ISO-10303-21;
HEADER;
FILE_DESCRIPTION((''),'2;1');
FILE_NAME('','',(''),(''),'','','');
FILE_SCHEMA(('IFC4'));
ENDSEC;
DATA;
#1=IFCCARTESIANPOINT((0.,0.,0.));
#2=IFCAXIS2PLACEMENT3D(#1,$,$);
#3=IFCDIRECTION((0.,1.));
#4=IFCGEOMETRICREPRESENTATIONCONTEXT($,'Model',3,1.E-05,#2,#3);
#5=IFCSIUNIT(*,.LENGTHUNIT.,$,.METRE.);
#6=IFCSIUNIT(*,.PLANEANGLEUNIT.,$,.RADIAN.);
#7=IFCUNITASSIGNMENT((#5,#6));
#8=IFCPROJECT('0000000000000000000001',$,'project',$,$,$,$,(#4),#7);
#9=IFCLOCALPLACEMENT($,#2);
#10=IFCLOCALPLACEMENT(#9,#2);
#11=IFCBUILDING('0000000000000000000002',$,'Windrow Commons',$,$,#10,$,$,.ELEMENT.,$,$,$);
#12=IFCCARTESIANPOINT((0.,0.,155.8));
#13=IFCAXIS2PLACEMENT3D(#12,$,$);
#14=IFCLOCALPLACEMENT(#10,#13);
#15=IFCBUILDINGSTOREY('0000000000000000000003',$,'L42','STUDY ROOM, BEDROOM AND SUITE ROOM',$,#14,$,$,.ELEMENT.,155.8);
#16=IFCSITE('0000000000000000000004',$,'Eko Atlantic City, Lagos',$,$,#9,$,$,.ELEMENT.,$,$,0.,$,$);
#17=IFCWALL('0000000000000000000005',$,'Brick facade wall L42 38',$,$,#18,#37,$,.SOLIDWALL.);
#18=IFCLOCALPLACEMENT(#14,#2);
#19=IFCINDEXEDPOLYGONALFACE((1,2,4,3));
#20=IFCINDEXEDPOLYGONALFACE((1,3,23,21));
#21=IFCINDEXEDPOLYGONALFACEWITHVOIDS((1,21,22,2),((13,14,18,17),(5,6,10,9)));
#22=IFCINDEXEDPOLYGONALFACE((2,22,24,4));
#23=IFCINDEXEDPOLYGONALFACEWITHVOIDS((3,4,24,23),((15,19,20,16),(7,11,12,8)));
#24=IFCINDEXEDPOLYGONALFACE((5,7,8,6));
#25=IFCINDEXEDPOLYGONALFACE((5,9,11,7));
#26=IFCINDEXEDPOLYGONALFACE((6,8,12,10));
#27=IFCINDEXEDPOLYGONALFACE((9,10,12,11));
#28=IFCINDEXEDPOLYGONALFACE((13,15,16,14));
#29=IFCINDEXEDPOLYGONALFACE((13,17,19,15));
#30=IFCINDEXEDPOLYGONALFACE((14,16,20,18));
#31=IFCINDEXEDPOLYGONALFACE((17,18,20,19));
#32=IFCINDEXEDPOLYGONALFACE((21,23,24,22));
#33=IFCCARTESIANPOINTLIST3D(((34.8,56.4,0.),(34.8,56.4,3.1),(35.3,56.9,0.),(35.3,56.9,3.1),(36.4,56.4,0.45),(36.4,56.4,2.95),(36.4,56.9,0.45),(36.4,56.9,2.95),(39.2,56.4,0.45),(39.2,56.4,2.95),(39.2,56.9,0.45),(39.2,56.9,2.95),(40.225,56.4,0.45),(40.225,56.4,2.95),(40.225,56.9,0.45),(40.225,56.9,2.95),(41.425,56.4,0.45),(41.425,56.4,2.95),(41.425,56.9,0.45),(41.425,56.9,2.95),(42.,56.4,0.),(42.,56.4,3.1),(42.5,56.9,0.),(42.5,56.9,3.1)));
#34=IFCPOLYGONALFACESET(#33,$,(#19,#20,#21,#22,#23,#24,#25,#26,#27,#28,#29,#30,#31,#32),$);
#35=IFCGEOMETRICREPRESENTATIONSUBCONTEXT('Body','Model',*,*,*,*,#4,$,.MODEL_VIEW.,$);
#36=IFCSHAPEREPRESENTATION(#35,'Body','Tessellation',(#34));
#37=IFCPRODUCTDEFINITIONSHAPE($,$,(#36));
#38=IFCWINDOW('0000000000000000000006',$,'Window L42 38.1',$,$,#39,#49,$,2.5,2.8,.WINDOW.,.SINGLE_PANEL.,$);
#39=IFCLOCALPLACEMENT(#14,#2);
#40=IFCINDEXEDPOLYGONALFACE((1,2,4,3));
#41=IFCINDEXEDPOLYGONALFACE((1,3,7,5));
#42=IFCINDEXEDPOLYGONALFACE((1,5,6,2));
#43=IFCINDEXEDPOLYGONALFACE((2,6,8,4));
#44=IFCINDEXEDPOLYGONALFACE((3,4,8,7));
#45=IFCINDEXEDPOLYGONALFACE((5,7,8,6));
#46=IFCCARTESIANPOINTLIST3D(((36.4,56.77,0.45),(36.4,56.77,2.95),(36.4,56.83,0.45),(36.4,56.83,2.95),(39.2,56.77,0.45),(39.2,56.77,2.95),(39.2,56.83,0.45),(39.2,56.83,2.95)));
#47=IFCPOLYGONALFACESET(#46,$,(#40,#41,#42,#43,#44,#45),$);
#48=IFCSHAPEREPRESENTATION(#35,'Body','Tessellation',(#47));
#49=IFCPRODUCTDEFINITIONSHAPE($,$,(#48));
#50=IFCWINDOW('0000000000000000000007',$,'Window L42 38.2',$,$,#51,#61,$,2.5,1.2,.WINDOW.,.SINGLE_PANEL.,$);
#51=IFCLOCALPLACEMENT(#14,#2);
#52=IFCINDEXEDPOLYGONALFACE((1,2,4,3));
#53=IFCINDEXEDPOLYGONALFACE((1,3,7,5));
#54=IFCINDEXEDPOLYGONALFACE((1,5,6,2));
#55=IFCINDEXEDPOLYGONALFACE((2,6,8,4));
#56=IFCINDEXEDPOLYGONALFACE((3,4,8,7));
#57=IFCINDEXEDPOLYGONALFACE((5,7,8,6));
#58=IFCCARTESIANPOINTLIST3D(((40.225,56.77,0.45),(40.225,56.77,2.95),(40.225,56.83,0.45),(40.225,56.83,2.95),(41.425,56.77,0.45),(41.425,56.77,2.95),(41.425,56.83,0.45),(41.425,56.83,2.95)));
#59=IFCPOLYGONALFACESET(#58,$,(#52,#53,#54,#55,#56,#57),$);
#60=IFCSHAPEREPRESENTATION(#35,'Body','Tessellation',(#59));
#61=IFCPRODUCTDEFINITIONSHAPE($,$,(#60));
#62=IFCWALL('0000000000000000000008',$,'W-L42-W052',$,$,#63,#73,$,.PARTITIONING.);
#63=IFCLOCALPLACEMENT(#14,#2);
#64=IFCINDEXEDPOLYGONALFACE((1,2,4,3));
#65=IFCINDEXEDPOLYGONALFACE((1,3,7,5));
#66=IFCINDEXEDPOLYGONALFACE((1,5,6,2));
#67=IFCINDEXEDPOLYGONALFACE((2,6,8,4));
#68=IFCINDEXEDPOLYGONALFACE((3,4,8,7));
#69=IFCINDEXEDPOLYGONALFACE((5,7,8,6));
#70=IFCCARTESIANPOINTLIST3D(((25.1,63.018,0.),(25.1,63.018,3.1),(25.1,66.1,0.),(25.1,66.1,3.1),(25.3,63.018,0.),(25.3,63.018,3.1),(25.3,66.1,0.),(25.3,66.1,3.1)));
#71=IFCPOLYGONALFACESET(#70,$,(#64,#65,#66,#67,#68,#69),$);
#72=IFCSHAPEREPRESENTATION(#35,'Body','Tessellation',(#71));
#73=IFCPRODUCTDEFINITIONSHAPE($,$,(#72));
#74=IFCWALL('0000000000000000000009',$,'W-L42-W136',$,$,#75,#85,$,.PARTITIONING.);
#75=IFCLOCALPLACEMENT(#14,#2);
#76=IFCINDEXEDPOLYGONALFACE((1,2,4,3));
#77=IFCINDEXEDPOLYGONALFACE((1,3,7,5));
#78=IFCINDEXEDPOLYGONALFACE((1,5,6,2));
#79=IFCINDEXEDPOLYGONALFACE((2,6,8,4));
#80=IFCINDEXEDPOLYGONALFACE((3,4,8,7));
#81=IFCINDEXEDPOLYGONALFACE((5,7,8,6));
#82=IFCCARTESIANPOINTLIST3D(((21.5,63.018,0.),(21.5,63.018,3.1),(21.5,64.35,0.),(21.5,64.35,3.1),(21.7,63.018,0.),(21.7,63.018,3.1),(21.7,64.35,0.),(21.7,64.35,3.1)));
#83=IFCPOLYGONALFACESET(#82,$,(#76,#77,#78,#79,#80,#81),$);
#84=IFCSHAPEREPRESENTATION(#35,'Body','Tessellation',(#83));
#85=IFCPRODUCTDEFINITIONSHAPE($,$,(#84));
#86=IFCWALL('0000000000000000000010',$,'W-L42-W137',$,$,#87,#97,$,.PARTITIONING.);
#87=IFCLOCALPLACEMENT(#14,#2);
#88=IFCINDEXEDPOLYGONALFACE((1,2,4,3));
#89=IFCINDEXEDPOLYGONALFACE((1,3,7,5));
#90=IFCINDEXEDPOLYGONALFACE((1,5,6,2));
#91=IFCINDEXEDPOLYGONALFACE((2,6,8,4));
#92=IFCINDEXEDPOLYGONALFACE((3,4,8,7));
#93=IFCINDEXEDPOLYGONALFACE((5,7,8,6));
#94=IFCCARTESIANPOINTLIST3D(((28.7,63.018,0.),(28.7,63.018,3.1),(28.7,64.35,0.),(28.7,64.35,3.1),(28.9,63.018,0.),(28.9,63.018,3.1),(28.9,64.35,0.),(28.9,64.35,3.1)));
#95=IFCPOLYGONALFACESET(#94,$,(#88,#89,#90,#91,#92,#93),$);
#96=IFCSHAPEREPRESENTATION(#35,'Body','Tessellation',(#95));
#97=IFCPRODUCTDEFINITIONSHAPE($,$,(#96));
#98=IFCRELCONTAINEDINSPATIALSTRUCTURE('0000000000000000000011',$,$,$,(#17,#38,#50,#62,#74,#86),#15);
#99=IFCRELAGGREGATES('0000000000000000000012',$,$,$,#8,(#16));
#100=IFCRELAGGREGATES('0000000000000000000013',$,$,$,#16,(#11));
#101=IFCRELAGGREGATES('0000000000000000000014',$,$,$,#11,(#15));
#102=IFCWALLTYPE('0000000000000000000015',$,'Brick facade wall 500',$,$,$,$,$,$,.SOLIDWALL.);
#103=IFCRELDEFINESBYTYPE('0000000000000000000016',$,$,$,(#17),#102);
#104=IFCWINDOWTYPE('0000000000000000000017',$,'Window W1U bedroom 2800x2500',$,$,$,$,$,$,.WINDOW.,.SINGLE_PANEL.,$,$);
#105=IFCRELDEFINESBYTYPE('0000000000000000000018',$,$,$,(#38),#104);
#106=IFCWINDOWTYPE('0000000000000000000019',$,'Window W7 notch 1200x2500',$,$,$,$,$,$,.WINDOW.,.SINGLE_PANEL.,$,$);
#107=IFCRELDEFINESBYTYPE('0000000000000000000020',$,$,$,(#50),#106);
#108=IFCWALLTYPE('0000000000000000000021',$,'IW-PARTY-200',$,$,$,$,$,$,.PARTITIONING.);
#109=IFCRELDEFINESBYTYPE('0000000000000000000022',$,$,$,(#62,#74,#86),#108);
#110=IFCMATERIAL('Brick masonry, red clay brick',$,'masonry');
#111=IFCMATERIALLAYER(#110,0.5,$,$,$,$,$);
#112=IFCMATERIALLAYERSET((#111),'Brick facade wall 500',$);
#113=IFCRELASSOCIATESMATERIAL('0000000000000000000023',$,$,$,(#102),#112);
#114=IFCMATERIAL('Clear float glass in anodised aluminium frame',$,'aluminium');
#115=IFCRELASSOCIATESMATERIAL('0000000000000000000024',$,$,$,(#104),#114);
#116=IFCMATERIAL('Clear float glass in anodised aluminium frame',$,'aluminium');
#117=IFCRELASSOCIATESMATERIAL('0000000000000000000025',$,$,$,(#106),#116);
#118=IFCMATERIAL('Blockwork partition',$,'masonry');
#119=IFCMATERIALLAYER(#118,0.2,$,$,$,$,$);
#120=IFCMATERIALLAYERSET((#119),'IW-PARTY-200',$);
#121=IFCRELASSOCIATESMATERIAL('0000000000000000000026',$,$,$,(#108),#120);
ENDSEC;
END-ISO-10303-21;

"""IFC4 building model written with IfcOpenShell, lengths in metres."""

from ifc_helpers import new_model, si_unit, direction, frame, frame_2d, origin, place, context, subcontext, project, spatial, polyline, rectangle, outline, extrude, material, layer, layer_set, type_object, element, fill, save


model = new_model("IFC4")

# Units and contexts
model_context = context("Model", 3, precision=1e-05, world=origin(), true_north=direction((0.0, 1.0)))
body_context = subcontext(model_context, "Body", "Model", "MODEL_VIEW")
ifc_project = project(units=[si_unit("LENGTHUNIT", "METRE"), si_unit("PLANEANGLEUNIT", "RADIAN")], contexts=[model_context])

# Site, building, storey
site_placement = place(None, origin())
site = spatial("IfcSite", under=ifc_project, at=site_placement, Name="Eko Atlantic City, Lagos", CompositionType="ELEMENT", RefElevation=0.0)
building_placement = place(site_placement, origin())
building = spatial("IfcBuilding", under=site, at=building_placement, Name="Windrow Commons", CompositionType="ELEMENT")
storey_placement = place(building_placement, frame((0.0, 0.0, 155.8)))
storey = spatial("IfcBuildingStorey", under=building, at=storey_placement, Name="L42", Description="STUDY ROOM, BEDROOM AND SUITE ROOM", CompositionType="ELEMENT", Elevation=155.8)

# Wall, openings, windows
ifc_material_1 = material(Name="Brick masonry, red clay brick", Category="masonry")
ifc_layer_1 = layer(ifc_material_1, 0.5)
ifc_layer_set_1 = layer_set([ifc_layer_1], Name="Brick facade wall 500")
wall_type_1 = type_object("IfcWallType", Name="Brick facade wall 500", PredefinedType="SOLIDWALL", material=ifc_layer_set_1)
ifc_material_2 = material(Name="Clear float glass in anodised aluminium frame", Category="aluminium")
window_type_1 = type_object("IfcWindowType", Name="Window W1U bedroom 2800x2500", PartitioningType="SINGLE_PANEL", PredefinedType="WINDOW", material=ifc_material_2)
ifc_material_3 = material(Name="Clear float glass in anodised aluminium frame", Category="aluminium")
window_type_2 = type_object("IfcWindowType", Name="Window W7 notch 1200x2500", PartitioningType="SINGLE_PANEL", PredefinedType="WINDOW", material=ifc_material_3)
wall_1_placement = place(storey_placement, frame((35.05, 56.65, 0.0), z_axis=(0.0, 0.0, 1.0), x_axis=(1.0, 0.0, 0.0)))
wall_1 = element("IfcWall", 1, at=wall_1_placement, inside=storey, type_object=wall_type_1, Name="Brick facade wall L42 38", PredefinedType="SOLIDWALL", context=body_context, shape_type="SweptSolid", body=[
    extrude(outline(polyline([(-0.25, -0.25), (6.95, -0.25), (7.45, 0.25), (0.25, 0.25), (-0.25, -0.25)])), origin(), (0.0, 0.0, 1.0), 3.1),
])
opening_1_placement = place(wall_1_placement, frame((1.35, 0.0, 0.45)))
opening_1 = element("IfcOpeningElement", 2, at=opening_1_placement, cuts=wall_1, PredefinedType="OPENING", context=body_context, shape_type="SweptSolid", body=[
    extrude(rectangle(XDim=2.8, YDim=2.5, at=frame_2d((1.4, 1.25))), frame((0.0, 0.26, 0.0), z_axis=(0.0, -1.0, 0.0), x_axis=(1.0, 0.0, 0.0)), (0.0, 0.0, 1.0), 0.52),
])
opening_2_placement = place(wall_1_placement, frame((5.175, 0.0, 0.45)))
opening_2 = element("IfcOpeningElement", 3, at=opening_2_placement, cuts=wall_1, PredefinedType="OPENING", context=body_context, shape_type="SweptSolid", body=[
    extrude(rectangle(XDim=1.2, YDim=2.5, at=frame_2d((0.6, 1.25))), frame((0.0, 0.26, 0.0), z_axis=(0.0, -1.0, 0.0), x_axis=(1.0, 0.0, 0.0)), (0.0, 0.0, 1.0), 0.52),
])
window_1_placement = place(opening_1_placement, origin())
window_1 = element("IfcWindow", 4, at=window_1_placement, inside=storey, type_object=window_type_1, Name="Window L42 38.1", OverallHeight=2.5, OverallWidth=2.8, PartitioningType="SINGLE_PANEL", PredefinedType="WINDOW", context=body_context, shape_type="SweptSolid", body=[
    extrude(rectangle(XDim=2.8, YDim=2.5, at=frame_2d((1.4, 1.25))), frame((0.0, 0.18, 0.0), z_axis=(0.0, -1.0, 0.0), x_axis=(1.0, 0.0, 0.0)), (0.0, 0.0, 1.0), 0.06),
])
fill(opening_1, window_1)
window_2_placement = place(opening_2_placement, origin())
window_2 = element("IfcWindow", 5, at=window_2_placement, inside=storey, type_object=window_type_2, Name="Window L42 38.2", OverallHeight=2.5, OverallWidth=1.2, PartitioningType="SINGLE_PANEL", PredefinedType="WINDOW", context=body_context, shape_type="SweptSolid", body=[
    extrude(rectangle(XDim=1.2, YDim=2.5, at=frame_2d((0.6, 1.25))), frame((0.0, 0.18, 0.0), z_axis=(0.0, -1.0, 0.0), x_axis=(1.0, 0.0, 0.0)), (0.0, 0.0, 1.0), 0.06),
])
fill(opening_2, window_2)

# Walls
ifc_material_4 = material(Name="Blockwork partition", Category="masonry")
ifc_layer_2 = layer(ifc_material_4, 0.2)
ifc_layer_set_2 = layer_set([ifc_layer_2], Name="IW-PARTY-200")
wall_type_2 = type_object("IfcWallType", Name="IW-PARTY-200", PredefinedType="PARTITIONING", material=ifc_layer_set_2)
wall_2_placement = place(storey_placement, frame((25.2, 63.018, 0.0), z_axis=(0.0, 0.0, 1.0), x_axis=(0.0, 1.0, 0.0)))
element("IfcWall", 6, at=wall_2_placement, inside=storey, type_object=wall_type_2, Name="W-L42-W052", PredefinedType="PARTITIONING", context=body_context, shape_type="SweptSolid", body=[
    extrude(rectangle(XDim=3.082, YDim=0.2, at=frame_2d((1.541, 0.0))), origin(), (0.0, 0.0, 1.0), 3.1),
])
for number, where, z_axis, x_axis, name in (
    (7, (21.6, 63.018, 0.0), (0.0, 0.0, 1.0), (0.0, 1.0, 0.0), "W-L42-W136"),
    (8, (28.8, 63.018, 0.0), (0.0, 0.0, 1.0), (0.0, 1.0, 0.0), "W-L42-W137"),
):
    element("IfcWall", number, at=place(storey_placement, frame(where, z_axis=z_axis, x_axis=x_axis)), inside=storey, type_object=wall_type_2, Name=name, PredefinedType="PARTITIONING", context=body_context, shape_type="SweptSolid", body=[
        extrude(rectangle(XDim=1.332, YDim=0.2, at=frame_2d((0.666, 0.0))), origin(), (0.0, 0.0, 1.0), 3.1),
    ])

save(model, "model.ifc")
